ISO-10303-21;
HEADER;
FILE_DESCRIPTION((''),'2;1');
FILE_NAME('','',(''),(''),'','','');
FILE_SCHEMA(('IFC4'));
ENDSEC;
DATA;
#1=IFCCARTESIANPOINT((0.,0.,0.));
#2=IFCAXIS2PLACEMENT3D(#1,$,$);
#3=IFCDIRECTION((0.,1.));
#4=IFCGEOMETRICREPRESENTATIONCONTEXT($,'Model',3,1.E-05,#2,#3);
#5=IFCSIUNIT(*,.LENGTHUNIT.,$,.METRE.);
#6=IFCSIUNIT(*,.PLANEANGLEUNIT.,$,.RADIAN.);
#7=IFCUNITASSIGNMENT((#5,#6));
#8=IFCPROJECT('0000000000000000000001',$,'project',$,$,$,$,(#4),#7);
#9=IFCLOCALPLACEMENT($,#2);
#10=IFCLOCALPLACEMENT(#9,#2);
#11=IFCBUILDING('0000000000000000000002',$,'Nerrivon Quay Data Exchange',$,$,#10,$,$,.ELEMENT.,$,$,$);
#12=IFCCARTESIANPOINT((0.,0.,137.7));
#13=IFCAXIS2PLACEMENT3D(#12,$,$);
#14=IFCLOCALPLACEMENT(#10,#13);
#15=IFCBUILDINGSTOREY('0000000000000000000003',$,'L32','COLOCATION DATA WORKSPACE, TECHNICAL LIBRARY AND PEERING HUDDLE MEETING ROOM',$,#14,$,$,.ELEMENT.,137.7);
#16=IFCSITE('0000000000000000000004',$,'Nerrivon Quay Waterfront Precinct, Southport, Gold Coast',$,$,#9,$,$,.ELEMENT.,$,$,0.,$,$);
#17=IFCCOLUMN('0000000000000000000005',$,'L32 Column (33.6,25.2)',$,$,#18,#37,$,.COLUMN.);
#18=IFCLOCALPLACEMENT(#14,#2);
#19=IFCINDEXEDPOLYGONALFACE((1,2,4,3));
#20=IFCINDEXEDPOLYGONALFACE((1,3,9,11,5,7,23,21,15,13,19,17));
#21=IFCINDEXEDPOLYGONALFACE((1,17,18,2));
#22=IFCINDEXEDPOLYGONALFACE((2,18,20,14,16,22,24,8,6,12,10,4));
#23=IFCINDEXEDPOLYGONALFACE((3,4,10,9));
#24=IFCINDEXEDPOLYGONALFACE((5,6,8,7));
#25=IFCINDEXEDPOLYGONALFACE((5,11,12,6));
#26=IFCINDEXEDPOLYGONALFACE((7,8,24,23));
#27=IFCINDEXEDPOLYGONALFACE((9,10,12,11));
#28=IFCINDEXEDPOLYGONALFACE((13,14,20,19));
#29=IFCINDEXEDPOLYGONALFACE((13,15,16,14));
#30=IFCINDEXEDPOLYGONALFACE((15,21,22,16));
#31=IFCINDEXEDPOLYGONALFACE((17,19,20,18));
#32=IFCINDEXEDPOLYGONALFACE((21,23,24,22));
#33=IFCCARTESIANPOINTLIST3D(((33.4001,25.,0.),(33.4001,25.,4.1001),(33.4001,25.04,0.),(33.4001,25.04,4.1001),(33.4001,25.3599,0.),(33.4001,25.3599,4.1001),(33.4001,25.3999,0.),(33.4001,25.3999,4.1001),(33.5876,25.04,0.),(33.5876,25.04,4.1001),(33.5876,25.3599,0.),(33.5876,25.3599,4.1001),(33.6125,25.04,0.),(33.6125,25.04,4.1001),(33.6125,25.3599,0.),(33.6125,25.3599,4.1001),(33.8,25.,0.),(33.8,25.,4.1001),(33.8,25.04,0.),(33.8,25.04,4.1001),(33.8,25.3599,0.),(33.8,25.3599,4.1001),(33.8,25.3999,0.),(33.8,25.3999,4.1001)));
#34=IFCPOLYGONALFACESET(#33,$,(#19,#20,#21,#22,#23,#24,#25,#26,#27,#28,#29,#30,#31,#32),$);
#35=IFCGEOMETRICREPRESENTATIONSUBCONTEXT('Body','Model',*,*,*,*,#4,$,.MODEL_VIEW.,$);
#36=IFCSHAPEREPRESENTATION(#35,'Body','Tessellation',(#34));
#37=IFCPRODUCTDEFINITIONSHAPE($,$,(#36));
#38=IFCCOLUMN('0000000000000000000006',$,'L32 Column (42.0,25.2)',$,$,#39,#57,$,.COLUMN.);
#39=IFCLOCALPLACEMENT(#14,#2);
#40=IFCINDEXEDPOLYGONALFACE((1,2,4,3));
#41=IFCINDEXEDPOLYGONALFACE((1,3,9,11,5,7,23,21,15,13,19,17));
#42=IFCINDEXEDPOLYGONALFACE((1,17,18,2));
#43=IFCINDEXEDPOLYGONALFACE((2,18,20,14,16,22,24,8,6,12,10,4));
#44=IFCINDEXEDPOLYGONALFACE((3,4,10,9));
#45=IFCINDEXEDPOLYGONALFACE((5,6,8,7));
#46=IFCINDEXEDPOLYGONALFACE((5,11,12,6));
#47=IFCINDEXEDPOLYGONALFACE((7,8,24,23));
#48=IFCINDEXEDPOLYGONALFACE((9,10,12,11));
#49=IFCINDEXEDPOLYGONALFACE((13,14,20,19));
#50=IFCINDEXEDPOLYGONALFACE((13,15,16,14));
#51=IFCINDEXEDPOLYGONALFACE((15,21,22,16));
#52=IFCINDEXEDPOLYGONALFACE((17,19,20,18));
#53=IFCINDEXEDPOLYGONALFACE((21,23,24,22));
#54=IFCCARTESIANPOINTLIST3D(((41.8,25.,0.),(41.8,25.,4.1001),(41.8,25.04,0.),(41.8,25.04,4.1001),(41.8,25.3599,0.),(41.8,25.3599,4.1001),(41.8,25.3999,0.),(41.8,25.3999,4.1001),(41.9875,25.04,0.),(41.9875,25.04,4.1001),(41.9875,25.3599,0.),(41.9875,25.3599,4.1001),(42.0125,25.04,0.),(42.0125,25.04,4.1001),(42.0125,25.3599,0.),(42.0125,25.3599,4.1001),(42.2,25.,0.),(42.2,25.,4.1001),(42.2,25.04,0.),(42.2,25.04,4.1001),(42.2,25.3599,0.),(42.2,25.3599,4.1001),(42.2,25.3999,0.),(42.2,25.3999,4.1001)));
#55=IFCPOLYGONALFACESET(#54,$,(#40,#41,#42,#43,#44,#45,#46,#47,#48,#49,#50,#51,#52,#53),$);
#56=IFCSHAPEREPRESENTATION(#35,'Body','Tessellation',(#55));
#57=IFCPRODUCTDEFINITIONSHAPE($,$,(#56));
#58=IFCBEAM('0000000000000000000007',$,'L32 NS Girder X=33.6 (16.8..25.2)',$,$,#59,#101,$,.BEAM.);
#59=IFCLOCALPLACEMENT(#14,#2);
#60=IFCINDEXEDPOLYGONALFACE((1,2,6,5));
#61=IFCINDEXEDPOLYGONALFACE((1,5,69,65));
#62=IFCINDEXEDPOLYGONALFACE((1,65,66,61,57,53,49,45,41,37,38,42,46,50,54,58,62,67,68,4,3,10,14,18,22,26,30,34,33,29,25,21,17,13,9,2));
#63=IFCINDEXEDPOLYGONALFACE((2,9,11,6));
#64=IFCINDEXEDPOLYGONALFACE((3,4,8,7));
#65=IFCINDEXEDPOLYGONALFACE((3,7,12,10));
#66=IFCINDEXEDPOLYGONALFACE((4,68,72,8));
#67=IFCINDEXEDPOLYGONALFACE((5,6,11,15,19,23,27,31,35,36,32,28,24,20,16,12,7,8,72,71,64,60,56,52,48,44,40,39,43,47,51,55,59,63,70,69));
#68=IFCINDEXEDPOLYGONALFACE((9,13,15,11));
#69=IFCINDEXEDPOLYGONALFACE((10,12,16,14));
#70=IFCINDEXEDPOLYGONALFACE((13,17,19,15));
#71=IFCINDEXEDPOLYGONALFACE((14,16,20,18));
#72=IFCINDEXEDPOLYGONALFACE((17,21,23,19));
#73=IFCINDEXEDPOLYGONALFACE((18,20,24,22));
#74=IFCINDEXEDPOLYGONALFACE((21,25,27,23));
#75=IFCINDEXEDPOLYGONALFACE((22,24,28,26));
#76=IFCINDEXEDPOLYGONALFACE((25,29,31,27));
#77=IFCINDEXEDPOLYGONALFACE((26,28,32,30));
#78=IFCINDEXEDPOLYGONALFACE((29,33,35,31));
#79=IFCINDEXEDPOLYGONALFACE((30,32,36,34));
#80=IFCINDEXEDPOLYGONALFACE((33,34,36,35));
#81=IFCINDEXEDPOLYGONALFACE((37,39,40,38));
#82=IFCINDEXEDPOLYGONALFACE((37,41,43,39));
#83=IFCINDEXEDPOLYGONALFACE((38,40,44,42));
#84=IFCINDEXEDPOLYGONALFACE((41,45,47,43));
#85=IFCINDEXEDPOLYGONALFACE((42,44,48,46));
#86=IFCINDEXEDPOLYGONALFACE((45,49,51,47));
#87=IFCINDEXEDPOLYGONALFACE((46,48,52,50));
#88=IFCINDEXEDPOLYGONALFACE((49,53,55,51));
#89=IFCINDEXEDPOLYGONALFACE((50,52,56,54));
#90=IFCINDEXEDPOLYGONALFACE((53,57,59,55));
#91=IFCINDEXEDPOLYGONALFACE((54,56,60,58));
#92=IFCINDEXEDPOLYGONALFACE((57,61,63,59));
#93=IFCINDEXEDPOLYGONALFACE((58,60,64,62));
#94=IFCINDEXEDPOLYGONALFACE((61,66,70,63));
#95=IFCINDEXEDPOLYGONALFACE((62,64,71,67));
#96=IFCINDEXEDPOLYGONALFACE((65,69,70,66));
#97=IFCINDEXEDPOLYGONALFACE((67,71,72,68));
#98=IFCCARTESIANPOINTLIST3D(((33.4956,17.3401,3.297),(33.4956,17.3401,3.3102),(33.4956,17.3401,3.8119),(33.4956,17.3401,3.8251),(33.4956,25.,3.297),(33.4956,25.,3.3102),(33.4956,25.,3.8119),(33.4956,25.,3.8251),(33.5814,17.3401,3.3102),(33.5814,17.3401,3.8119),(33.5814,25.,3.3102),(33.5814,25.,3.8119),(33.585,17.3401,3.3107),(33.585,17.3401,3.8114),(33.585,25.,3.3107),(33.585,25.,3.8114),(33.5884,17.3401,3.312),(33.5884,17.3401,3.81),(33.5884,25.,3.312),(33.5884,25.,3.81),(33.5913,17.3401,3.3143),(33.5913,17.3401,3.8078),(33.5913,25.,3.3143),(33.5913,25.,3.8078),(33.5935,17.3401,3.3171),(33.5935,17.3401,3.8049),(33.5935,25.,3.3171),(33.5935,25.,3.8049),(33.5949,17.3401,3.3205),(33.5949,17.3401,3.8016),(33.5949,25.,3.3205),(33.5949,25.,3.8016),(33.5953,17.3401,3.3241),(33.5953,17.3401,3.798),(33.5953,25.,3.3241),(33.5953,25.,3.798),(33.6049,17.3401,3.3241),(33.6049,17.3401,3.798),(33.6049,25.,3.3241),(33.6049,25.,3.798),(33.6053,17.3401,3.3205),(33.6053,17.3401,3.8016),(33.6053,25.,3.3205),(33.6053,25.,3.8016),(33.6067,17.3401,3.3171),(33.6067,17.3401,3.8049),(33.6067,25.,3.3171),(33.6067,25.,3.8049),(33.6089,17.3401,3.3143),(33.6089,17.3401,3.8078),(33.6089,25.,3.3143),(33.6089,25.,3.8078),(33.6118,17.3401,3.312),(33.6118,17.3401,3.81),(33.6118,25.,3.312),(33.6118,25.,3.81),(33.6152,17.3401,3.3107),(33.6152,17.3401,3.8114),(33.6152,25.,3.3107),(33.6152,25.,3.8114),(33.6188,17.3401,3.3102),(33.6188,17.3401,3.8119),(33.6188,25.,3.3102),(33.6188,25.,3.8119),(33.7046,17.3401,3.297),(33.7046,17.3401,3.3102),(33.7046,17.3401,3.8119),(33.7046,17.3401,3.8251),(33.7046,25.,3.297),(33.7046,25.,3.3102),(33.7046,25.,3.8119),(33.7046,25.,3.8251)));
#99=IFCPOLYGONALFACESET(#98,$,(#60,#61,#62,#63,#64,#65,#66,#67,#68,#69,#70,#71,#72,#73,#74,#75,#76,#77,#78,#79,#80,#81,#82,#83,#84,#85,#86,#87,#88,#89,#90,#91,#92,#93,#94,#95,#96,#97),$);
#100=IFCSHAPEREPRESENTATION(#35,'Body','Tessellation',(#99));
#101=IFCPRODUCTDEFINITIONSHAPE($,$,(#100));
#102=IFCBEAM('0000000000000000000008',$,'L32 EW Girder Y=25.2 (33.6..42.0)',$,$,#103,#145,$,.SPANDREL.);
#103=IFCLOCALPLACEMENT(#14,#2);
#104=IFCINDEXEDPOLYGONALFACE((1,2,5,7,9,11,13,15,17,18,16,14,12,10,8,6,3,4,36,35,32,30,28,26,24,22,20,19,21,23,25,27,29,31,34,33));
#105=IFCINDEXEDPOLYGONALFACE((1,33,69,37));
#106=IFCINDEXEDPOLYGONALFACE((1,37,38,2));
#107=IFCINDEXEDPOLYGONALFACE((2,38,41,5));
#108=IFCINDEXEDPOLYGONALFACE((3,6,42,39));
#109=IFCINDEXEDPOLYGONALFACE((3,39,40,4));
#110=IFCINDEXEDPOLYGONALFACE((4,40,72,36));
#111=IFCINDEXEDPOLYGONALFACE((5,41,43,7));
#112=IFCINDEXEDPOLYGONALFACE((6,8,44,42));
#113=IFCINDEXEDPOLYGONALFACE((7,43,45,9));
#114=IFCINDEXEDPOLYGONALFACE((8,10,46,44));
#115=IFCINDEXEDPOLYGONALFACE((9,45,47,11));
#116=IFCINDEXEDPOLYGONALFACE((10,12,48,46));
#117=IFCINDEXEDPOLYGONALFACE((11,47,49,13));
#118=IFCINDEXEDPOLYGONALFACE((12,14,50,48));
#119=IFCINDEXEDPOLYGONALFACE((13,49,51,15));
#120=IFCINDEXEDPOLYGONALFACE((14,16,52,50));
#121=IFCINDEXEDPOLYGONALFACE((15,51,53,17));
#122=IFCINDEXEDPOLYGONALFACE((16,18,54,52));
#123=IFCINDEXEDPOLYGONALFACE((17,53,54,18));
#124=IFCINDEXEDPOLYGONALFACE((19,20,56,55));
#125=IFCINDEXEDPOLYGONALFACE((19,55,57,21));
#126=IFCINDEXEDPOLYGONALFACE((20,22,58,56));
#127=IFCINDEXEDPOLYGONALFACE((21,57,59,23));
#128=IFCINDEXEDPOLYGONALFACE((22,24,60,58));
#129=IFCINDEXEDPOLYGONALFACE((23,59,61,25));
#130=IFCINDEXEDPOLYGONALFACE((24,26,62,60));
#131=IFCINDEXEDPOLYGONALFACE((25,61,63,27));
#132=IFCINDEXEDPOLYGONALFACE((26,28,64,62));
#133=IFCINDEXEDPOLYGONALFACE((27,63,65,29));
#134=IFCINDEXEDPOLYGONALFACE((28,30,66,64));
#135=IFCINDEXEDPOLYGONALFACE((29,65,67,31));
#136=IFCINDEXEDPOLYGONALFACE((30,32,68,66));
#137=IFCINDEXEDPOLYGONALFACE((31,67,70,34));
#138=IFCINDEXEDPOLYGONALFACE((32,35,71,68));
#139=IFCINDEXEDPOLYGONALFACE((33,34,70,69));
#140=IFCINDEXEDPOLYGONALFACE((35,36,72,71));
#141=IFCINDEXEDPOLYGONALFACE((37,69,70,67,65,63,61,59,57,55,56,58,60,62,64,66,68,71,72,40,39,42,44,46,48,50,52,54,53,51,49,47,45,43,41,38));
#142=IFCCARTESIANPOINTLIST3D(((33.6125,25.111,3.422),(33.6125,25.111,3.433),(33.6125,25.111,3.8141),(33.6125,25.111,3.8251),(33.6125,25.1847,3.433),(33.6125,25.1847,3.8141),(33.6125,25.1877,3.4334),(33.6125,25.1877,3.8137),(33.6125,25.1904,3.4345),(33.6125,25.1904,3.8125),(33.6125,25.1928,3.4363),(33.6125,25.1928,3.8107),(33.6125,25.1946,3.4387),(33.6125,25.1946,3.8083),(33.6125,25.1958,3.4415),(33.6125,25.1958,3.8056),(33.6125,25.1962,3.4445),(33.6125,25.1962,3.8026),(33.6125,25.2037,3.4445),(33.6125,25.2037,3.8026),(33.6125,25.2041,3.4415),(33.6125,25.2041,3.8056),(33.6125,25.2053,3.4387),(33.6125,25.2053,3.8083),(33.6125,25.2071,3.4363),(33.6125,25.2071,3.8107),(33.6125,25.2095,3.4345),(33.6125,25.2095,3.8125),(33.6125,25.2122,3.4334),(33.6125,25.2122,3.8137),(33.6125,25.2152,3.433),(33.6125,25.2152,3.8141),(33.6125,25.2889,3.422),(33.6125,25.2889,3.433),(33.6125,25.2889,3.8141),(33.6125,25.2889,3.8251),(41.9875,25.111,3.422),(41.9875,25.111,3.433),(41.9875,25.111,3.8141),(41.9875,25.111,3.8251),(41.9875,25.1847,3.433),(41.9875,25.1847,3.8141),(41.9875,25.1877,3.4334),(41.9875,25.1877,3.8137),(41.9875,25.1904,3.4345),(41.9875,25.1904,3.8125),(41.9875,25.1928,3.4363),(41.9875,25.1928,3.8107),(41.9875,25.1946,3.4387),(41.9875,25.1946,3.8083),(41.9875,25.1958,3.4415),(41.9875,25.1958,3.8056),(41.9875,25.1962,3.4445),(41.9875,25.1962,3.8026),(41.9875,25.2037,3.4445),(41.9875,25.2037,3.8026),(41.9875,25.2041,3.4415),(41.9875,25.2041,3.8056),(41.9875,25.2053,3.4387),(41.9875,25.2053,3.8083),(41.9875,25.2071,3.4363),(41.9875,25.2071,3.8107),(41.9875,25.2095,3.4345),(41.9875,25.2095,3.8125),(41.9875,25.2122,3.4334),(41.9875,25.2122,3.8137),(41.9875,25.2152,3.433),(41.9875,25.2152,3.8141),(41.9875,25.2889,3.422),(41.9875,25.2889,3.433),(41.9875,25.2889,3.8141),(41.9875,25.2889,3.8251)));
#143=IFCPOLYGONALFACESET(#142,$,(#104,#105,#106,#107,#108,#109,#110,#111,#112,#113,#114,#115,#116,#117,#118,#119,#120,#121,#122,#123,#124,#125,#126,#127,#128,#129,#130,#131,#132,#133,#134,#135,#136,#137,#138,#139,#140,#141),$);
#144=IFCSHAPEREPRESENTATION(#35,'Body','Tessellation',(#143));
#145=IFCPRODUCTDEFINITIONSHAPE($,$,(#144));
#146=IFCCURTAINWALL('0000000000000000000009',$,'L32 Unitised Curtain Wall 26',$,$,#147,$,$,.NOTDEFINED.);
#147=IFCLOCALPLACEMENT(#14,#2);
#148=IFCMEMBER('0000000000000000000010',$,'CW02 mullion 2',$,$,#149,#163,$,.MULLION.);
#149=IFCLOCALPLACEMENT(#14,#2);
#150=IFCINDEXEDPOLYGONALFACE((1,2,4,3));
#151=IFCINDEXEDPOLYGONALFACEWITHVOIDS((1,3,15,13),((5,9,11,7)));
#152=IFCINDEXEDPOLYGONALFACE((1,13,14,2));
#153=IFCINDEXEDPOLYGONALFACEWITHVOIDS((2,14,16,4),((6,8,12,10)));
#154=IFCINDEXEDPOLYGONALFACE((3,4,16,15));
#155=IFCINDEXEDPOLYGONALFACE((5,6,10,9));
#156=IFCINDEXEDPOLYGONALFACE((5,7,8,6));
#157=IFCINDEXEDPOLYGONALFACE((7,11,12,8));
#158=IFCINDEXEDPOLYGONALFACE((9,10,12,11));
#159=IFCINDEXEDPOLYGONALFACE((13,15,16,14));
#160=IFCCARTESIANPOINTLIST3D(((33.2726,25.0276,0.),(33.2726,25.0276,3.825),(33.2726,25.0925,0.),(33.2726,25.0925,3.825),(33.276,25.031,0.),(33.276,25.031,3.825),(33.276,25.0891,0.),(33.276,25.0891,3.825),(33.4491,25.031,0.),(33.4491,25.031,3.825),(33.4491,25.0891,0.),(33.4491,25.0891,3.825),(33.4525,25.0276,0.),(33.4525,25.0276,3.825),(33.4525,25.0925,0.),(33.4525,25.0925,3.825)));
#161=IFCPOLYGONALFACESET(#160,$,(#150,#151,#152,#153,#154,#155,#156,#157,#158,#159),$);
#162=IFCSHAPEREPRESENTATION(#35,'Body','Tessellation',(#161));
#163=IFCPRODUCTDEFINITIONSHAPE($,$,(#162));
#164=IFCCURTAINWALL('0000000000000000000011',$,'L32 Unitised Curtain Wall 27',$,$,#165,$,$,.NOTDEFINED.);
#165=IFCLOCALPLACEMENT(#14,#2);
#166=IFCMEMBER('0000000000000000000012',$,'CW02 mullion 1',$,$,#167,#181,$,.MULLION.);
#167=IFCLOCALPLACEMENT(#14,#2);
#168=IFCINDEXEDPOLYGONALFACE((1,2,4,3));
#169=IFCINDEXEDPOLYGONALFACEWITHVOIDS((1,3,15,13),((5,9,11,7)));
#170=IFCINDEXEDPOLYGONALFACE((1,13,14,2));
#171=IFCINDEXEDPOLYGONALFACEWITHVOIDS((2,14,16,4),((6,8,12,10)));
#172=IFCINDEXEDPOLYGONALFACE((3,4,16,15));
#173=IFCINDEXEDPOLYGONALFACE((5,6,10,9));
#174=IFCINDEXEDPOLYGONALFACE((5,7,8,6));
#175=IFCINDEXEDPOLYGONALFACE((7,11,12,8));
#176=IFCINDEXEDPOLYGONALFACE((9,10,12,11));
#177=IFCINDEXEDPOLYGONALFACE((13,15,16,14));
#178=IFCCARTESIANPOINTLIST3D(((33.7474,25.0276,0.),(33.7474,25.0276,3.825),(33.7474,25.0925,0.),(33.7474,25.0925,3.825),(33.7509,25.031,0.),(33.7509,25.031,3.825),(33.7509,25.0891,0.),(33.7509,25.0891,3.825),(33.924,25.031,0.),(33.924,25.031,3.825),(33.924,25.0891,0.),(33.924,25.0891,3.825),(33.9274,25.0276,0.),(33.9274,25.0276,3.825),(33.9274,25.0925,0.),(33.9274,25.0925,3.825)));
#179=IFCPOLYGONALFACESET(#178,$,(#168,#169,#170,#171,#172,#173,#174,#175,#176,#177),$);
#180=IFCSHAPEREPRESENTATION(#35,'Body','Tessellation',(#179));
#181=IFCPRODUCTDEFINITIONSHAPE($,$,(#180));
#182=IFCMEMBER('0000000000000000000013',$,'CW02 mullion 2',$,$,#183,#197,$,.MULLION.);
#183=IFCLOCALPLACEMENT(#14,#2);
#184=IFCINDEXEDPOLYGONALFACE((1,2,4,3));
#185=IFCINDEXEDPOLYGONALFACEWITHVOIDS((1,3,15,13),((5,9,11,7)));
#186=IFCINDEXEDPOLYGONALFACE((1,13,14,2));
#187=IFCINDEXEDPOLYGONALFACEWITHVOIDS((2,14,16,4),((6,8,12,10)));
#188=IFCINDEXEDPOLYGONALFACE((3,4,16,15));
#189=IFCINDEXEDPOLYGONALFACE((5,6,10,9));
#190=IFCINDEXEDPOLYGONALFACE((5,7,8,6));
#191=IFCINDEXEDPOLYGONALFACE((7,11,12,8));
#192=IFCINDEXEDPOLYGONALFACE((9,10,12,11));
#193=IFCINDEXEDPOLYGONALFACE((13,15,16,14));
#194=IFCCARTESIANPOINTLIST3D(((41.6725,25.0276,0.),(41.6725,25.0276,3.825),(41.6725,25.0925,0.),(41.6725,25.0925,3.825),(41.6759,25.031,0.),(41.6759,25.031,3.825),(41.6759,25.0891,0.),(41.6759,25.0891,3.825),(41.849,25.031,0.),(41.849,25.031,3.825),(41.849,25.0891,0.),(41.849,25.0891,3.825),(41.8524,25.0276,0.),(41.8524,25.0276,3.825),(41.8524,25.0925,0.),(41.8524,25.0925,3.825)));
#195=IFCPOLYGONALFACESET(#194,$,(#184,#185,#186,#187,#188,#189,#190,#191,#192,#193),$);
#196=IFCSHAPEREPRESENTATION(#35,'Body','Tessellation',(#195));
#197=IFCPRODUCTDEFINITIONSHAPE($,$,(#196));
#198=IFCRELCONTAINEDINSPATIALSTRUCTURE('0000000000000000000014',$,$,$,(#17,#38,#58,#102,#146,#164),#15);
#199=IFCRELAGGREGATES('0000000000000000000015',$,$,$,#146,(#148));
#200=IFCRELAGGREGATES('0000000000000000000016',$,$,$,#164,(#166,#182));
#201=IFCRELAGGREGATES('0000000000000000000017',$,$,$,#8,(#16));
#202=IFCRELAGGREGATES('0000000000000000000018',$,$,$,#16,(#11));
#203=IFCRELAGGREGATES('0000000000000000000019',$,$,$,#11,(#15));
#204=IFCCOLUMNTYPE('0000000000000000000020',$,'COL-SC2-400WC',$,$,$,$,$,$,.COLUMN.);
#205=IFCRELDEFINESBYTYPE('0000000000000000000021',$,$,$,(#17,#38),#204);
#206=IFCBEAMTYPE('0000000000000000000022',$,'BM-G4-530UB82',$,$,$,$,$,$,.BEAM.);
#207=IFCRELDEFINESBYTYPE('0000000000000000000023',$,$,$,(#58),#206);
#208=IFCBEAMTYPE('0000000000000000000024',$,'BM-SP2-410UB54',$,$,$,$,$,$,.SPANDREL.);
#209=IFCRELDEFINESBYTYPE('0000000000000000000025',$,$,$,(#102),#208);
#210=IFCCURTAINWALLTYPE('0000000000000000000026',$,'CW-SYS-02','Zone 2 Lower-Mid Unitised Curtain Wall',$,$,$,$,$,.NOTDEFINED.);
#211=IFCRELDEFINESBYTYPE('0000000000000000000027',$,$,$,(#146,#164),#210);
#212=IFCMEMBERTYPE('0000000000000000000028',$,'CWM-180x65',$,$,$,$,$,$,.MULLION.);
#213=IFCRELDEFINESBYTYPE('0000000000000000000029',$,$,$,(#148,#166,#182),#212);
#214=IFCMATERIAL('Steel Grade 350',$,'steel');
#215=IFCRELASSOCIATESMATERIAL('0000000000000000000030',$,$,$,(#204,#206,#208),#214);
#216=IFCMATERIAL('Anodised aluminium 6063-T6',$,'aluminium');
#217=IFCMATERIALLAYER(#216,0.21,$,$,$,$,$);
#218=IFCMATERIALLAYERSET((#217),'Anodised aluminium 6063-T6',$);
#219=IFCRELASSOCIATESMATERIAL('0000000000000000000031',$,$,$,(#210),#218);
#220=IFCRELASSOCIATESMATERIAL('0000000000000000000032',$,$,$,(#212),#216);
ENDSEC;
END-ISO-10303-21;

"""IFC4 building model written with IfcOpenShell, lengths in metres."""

from ifc_helpers import new_model, si_unit, direction, frame, origin, origin_2d, place, context, subcontext, project, spatial, hollow_rectangle, i_section, extrude, material, layer, layer_set, material_profile, profile_set, type_object, element, aggregate, save


model = new_model("IFC4")

# Units and contexts
model_context = context("Model", 3, precision=1e-05, world=origin(), true_north=direction((0.0, 1.0)))
body_context = subcontext(model_context, "Body", "Model", "MODEL_VIEW")
ifc_project = project(units=[si_unit("LENGTHUNIT", "METRE"), si_unit("PLANEANGLEUNIT", "RADIAN")], contexts=[model_context])

# Site, building, storey
site_placement = place(None, origin())
site = spatial("IfcSite", under=ifc_project, at=site_placement, Name="Nerrivon Quay Waterfront Precinct, Southport, Gold Coast", CompositionType="ELEMENT", RefElevation=0.0)
building_placement = place(site_placement, origin())
building = spatial("IfcBuilding", under=site, at=building_placement, Name="Nerrivon Quay Data Exchange", CompositionType="ELEMENT")
storey_placement = place(building_placement, frame((0.0, 0.0, 137.7)))
storey = spatial("IfcBuildingStorey", under=building, at=storey_placement, Name="L32", Description="COLOCATION DATA WORKSPACE, TECHNICAL LIBRARY AND PEERING HUDDLE MEETING ROOM", CompositionType="ELEMENT", Elevation=137.7)

# Columns
ifc_material_1 = material(Name="Steel Grade 350", Category="steel")
ifc_material_profile_1 = material_profile(ifc_material_1, i_section(OverallWidth=0.3999, OverallDepth=0.3999, WebThickness=0.0249, FlangeThickness=0.04, at=origin_2d()), Name="400WC328")
ifc_profile_set_1 = profile_set([ifc_material_profile_1], Name="Steel Grade 350")
column_type = type_object("IfcColumnType", Name="COL-SC2-400WC", PredefinedType="COLUMN", material=ifc_profile_set_1)
for number, where, z_axis, x_axis, name in (
    (1, (33.6001, 25.2, 0.0), (0.0, 0.0, 1.0), (1.0, 0.0, 0.0), "L32 Column (33.6,25.2)"),
    (2, (42.0, 25.2, 0.0), (0.0, 0.0, 1.0), (1.0, 0.0, 0.0), "L32 Column (42.0,25.2)"),
):
    element("IfcColumn", number, at=place(storey_placement, frame(where, z_axis=z_axis, x_axis=x_axis)), inside=storey, type_object=column_type, Name=name, PredefinedType="COLUMN", context=body_context, shape_type="SweptSolid", body=[
        extrude(i_section(OverallWidth=0.3999, OverallDepth=0.3999, WebThickness=0.0249, FlangeThickness=0.04, at=origin_2d()), origin(), (0.0, 0.0, 1.0), 4.1001),
    ])

# Beams
ifc_material_profile_2 = material_profile(ifc_material_1, i_section(OverallWidth=0.209, OverallDepth=0.5281, WebThickness=0.0095, FlangeThickness=0.0132, FilletRadius=0.0139, at=origin_2d()), Name="530UB82.0")
ifc_profile_set_2 = profile_set([ifc_material_profile_2], Name="Steel Grade 350")
beam_type_1 = type_object("IfcBeamType", Name="BM-G4-530UB82", PredefinedType="BEAM", material=ifc_profile_set_2)
beam_1_placement = place(storey_placement, frame((33.6001, 17.3401, 3.561), z_axis=(0.0, 1.0, 0.0), x_axis=(-1.0, 0.0, 0.0)))
element("IfcBeam", 3, at=beam_1_placement, inside=storey, type_object=beam_type_1, Name="L32 NS Girder X=33.6 (16.8..25.2)", PredefinedType="BEAM", context=body_context, shape_type="SweptSolid", body=[
    extrude(i_section(OverallWidth=0.209, OverallDepth=0.5281, WebThickness=0.0095, FlangeThickness=0.0132, FilletRadius=0.0139, at=origin_2d()), origin(), (0.0, 0.0, 1.0), 7.6599),
])
ifc_material_profile_3 = material_profile(ifc_material_1, i_section(OverallWidth=0.178, OverallDepth=0.4031, WebThickness=0.0076, FlangeThickness=0.011, FilletRadius=0.0115, at=origin_2d()), Name="410UB53.7")
ifc_profile_set_3 = profile_set([ifc_material_profile_3], Name="Steel Grade 350")
beam_type_2 = type_object("IfcBeamType", Name="BM-SP2-410UB54", PredefinedType="SPANDREL", material=ifc_profile_set_3)
beam_2_placement = place(storey_placement, frame((33.6125, 25.2, 3.6235), z_axis=(1.0, 0.0, 0.0), x_axis=(0.0, 1.0, 0.0)))
element("IfcBeam", 4, at=beam_2_placement, inside=storey, type_object=beam_type_2, Name="L32 EW Girder Y=25.2 (33.6..42.0)", PredefinedType="SPANDREL", context=body_context, shape_type="SweptSolid", body=[
    extrude(i_section(OverallWidth=0.178, OverallDepth=0.4031, WebThickness=0.0076, FlangeThickness=0.011, FilletRadius=0.0115, at=origin_2d()), origin(), (0.0, 0.0, 1.0), 8.375),
])

# Curtain wall, member
ifc_material_2 = material(Name="Anodised aluminium 6063-T6", Category="aluminium")
ifc_layer_1 = layer(ifc_material_2, 0.21)
ifc_layer_set_1 = layer_set([ifc_layer_1], Name="Anodised aluminium 6063-T6")
curtain_wall_type = type_object("IfcCurtainWallType", Name="CW-SYS-02", Description="Zone 2 Lower-Mid Unitised Curtain Wall", PredefinedType="NOTDEFINED", material=ifc_layer_set_1)
curtain_wall_1_placement = place(storey_placement, origin())
curtain_wall_1 = element("IfcCurtainWall", 5, at=curtain_wall_1_placement, inside=storey, type_object=curtain_wall_type, Name="L32 Unitised Curtain Wall 26", PredefinedType="NOTDEFINED")
ifc_material_profile_4 = material_profile(ifc_material_2, hollow_rectangle(XDim=0.0649, YDim=0.1799, WallThickness=0.0034, at=origin_2d()), Name="ALU-MULL-180x65")
ifc_profile_set_4 = profile_set([ifc_material_profile_4], Name="Anodised aluminium 6063-T6")
member_type_1 = type_object("IfcMemberType", Name="CWM-180x65", PredefinedType="MULLION", material=ifc_profile_set_4)
member_1_placement = place(storey_placement, frame((33.3625, 25.0601, 0.0), z_axis=(0.0, 0.0, 1.0), x_axis=(0.0, 1.0, 0.0)))
member_1 = element("IfcMember", 6, at=member_1_placement, type_object=member_type_1, Name="CW02 mullion 2", PredefinedType="MULLION", context=body_context, shape_type="SweptSolid", body=[
    extrude(hollow_rectangle(XDim=0.0649, YDim=0.1799, WallThickness=0.0034, at=origin_2d()), origin(), (0.0, 0.0, 1.0), 3.825),
])

# Curtain wall, members
curtain_wall_2_placement = place(storey_placement, origin())
curtain_wall_2 = element("IfcCurtainWall", 7, at=curtain_wall_2_placement, inside=storey, type_object=curtain_wall_type, Name="L32 Unitised Curtain Wall 27", PredefinedType="NOTDEFINED")
member_2_placement = place(storey_placement, frame((33.8374, 25.0601, 0.0), z_axis=(0.0, 0.0, 1.0), x_axis=(0.0, 1.0, 0.0)))
member_2 = element("IfcMember", 8, at=member_2_placement, type_object=member_type_1, Name="CW02 mullion 1", PredefinedType="MULLION", context=body_context, shape_type="SweptSolid", body=[
    extrude(hollow_rectangle(XDim=0.0649, YDim=0.1799, WallThickness=0.0034, at=origin_2d()), origin(), (0.0, 0.0, 1.0), 3.825),
])
member_3_placement = place(storey_placement, frame((41.7625, 25.0601, 0.0), z_axis=(0.0, 0.0, 1.0), x_axis=(0.0, 1.0, 0.0)))
member_3 = element("IfcMember", 9, at=member_3_placement, type_object=member_type_1, Name="CW02 mullion 2", PredefinedType="MULLION", context=body_context, shape_type="SweptSolid", body=[
    extrude(hollow_rectangle(XDim=0.0649, YDim=0.1799, WallThickness=0.0034, at=origin_2d()), origin(), (0.0, 0.0, 1.0), 3.825),
])

aggregate(curtain_wall_1, [member_1])
aggregate(curtain_wall_2, [member_2, member_3])

save(model, "model.ifc")
